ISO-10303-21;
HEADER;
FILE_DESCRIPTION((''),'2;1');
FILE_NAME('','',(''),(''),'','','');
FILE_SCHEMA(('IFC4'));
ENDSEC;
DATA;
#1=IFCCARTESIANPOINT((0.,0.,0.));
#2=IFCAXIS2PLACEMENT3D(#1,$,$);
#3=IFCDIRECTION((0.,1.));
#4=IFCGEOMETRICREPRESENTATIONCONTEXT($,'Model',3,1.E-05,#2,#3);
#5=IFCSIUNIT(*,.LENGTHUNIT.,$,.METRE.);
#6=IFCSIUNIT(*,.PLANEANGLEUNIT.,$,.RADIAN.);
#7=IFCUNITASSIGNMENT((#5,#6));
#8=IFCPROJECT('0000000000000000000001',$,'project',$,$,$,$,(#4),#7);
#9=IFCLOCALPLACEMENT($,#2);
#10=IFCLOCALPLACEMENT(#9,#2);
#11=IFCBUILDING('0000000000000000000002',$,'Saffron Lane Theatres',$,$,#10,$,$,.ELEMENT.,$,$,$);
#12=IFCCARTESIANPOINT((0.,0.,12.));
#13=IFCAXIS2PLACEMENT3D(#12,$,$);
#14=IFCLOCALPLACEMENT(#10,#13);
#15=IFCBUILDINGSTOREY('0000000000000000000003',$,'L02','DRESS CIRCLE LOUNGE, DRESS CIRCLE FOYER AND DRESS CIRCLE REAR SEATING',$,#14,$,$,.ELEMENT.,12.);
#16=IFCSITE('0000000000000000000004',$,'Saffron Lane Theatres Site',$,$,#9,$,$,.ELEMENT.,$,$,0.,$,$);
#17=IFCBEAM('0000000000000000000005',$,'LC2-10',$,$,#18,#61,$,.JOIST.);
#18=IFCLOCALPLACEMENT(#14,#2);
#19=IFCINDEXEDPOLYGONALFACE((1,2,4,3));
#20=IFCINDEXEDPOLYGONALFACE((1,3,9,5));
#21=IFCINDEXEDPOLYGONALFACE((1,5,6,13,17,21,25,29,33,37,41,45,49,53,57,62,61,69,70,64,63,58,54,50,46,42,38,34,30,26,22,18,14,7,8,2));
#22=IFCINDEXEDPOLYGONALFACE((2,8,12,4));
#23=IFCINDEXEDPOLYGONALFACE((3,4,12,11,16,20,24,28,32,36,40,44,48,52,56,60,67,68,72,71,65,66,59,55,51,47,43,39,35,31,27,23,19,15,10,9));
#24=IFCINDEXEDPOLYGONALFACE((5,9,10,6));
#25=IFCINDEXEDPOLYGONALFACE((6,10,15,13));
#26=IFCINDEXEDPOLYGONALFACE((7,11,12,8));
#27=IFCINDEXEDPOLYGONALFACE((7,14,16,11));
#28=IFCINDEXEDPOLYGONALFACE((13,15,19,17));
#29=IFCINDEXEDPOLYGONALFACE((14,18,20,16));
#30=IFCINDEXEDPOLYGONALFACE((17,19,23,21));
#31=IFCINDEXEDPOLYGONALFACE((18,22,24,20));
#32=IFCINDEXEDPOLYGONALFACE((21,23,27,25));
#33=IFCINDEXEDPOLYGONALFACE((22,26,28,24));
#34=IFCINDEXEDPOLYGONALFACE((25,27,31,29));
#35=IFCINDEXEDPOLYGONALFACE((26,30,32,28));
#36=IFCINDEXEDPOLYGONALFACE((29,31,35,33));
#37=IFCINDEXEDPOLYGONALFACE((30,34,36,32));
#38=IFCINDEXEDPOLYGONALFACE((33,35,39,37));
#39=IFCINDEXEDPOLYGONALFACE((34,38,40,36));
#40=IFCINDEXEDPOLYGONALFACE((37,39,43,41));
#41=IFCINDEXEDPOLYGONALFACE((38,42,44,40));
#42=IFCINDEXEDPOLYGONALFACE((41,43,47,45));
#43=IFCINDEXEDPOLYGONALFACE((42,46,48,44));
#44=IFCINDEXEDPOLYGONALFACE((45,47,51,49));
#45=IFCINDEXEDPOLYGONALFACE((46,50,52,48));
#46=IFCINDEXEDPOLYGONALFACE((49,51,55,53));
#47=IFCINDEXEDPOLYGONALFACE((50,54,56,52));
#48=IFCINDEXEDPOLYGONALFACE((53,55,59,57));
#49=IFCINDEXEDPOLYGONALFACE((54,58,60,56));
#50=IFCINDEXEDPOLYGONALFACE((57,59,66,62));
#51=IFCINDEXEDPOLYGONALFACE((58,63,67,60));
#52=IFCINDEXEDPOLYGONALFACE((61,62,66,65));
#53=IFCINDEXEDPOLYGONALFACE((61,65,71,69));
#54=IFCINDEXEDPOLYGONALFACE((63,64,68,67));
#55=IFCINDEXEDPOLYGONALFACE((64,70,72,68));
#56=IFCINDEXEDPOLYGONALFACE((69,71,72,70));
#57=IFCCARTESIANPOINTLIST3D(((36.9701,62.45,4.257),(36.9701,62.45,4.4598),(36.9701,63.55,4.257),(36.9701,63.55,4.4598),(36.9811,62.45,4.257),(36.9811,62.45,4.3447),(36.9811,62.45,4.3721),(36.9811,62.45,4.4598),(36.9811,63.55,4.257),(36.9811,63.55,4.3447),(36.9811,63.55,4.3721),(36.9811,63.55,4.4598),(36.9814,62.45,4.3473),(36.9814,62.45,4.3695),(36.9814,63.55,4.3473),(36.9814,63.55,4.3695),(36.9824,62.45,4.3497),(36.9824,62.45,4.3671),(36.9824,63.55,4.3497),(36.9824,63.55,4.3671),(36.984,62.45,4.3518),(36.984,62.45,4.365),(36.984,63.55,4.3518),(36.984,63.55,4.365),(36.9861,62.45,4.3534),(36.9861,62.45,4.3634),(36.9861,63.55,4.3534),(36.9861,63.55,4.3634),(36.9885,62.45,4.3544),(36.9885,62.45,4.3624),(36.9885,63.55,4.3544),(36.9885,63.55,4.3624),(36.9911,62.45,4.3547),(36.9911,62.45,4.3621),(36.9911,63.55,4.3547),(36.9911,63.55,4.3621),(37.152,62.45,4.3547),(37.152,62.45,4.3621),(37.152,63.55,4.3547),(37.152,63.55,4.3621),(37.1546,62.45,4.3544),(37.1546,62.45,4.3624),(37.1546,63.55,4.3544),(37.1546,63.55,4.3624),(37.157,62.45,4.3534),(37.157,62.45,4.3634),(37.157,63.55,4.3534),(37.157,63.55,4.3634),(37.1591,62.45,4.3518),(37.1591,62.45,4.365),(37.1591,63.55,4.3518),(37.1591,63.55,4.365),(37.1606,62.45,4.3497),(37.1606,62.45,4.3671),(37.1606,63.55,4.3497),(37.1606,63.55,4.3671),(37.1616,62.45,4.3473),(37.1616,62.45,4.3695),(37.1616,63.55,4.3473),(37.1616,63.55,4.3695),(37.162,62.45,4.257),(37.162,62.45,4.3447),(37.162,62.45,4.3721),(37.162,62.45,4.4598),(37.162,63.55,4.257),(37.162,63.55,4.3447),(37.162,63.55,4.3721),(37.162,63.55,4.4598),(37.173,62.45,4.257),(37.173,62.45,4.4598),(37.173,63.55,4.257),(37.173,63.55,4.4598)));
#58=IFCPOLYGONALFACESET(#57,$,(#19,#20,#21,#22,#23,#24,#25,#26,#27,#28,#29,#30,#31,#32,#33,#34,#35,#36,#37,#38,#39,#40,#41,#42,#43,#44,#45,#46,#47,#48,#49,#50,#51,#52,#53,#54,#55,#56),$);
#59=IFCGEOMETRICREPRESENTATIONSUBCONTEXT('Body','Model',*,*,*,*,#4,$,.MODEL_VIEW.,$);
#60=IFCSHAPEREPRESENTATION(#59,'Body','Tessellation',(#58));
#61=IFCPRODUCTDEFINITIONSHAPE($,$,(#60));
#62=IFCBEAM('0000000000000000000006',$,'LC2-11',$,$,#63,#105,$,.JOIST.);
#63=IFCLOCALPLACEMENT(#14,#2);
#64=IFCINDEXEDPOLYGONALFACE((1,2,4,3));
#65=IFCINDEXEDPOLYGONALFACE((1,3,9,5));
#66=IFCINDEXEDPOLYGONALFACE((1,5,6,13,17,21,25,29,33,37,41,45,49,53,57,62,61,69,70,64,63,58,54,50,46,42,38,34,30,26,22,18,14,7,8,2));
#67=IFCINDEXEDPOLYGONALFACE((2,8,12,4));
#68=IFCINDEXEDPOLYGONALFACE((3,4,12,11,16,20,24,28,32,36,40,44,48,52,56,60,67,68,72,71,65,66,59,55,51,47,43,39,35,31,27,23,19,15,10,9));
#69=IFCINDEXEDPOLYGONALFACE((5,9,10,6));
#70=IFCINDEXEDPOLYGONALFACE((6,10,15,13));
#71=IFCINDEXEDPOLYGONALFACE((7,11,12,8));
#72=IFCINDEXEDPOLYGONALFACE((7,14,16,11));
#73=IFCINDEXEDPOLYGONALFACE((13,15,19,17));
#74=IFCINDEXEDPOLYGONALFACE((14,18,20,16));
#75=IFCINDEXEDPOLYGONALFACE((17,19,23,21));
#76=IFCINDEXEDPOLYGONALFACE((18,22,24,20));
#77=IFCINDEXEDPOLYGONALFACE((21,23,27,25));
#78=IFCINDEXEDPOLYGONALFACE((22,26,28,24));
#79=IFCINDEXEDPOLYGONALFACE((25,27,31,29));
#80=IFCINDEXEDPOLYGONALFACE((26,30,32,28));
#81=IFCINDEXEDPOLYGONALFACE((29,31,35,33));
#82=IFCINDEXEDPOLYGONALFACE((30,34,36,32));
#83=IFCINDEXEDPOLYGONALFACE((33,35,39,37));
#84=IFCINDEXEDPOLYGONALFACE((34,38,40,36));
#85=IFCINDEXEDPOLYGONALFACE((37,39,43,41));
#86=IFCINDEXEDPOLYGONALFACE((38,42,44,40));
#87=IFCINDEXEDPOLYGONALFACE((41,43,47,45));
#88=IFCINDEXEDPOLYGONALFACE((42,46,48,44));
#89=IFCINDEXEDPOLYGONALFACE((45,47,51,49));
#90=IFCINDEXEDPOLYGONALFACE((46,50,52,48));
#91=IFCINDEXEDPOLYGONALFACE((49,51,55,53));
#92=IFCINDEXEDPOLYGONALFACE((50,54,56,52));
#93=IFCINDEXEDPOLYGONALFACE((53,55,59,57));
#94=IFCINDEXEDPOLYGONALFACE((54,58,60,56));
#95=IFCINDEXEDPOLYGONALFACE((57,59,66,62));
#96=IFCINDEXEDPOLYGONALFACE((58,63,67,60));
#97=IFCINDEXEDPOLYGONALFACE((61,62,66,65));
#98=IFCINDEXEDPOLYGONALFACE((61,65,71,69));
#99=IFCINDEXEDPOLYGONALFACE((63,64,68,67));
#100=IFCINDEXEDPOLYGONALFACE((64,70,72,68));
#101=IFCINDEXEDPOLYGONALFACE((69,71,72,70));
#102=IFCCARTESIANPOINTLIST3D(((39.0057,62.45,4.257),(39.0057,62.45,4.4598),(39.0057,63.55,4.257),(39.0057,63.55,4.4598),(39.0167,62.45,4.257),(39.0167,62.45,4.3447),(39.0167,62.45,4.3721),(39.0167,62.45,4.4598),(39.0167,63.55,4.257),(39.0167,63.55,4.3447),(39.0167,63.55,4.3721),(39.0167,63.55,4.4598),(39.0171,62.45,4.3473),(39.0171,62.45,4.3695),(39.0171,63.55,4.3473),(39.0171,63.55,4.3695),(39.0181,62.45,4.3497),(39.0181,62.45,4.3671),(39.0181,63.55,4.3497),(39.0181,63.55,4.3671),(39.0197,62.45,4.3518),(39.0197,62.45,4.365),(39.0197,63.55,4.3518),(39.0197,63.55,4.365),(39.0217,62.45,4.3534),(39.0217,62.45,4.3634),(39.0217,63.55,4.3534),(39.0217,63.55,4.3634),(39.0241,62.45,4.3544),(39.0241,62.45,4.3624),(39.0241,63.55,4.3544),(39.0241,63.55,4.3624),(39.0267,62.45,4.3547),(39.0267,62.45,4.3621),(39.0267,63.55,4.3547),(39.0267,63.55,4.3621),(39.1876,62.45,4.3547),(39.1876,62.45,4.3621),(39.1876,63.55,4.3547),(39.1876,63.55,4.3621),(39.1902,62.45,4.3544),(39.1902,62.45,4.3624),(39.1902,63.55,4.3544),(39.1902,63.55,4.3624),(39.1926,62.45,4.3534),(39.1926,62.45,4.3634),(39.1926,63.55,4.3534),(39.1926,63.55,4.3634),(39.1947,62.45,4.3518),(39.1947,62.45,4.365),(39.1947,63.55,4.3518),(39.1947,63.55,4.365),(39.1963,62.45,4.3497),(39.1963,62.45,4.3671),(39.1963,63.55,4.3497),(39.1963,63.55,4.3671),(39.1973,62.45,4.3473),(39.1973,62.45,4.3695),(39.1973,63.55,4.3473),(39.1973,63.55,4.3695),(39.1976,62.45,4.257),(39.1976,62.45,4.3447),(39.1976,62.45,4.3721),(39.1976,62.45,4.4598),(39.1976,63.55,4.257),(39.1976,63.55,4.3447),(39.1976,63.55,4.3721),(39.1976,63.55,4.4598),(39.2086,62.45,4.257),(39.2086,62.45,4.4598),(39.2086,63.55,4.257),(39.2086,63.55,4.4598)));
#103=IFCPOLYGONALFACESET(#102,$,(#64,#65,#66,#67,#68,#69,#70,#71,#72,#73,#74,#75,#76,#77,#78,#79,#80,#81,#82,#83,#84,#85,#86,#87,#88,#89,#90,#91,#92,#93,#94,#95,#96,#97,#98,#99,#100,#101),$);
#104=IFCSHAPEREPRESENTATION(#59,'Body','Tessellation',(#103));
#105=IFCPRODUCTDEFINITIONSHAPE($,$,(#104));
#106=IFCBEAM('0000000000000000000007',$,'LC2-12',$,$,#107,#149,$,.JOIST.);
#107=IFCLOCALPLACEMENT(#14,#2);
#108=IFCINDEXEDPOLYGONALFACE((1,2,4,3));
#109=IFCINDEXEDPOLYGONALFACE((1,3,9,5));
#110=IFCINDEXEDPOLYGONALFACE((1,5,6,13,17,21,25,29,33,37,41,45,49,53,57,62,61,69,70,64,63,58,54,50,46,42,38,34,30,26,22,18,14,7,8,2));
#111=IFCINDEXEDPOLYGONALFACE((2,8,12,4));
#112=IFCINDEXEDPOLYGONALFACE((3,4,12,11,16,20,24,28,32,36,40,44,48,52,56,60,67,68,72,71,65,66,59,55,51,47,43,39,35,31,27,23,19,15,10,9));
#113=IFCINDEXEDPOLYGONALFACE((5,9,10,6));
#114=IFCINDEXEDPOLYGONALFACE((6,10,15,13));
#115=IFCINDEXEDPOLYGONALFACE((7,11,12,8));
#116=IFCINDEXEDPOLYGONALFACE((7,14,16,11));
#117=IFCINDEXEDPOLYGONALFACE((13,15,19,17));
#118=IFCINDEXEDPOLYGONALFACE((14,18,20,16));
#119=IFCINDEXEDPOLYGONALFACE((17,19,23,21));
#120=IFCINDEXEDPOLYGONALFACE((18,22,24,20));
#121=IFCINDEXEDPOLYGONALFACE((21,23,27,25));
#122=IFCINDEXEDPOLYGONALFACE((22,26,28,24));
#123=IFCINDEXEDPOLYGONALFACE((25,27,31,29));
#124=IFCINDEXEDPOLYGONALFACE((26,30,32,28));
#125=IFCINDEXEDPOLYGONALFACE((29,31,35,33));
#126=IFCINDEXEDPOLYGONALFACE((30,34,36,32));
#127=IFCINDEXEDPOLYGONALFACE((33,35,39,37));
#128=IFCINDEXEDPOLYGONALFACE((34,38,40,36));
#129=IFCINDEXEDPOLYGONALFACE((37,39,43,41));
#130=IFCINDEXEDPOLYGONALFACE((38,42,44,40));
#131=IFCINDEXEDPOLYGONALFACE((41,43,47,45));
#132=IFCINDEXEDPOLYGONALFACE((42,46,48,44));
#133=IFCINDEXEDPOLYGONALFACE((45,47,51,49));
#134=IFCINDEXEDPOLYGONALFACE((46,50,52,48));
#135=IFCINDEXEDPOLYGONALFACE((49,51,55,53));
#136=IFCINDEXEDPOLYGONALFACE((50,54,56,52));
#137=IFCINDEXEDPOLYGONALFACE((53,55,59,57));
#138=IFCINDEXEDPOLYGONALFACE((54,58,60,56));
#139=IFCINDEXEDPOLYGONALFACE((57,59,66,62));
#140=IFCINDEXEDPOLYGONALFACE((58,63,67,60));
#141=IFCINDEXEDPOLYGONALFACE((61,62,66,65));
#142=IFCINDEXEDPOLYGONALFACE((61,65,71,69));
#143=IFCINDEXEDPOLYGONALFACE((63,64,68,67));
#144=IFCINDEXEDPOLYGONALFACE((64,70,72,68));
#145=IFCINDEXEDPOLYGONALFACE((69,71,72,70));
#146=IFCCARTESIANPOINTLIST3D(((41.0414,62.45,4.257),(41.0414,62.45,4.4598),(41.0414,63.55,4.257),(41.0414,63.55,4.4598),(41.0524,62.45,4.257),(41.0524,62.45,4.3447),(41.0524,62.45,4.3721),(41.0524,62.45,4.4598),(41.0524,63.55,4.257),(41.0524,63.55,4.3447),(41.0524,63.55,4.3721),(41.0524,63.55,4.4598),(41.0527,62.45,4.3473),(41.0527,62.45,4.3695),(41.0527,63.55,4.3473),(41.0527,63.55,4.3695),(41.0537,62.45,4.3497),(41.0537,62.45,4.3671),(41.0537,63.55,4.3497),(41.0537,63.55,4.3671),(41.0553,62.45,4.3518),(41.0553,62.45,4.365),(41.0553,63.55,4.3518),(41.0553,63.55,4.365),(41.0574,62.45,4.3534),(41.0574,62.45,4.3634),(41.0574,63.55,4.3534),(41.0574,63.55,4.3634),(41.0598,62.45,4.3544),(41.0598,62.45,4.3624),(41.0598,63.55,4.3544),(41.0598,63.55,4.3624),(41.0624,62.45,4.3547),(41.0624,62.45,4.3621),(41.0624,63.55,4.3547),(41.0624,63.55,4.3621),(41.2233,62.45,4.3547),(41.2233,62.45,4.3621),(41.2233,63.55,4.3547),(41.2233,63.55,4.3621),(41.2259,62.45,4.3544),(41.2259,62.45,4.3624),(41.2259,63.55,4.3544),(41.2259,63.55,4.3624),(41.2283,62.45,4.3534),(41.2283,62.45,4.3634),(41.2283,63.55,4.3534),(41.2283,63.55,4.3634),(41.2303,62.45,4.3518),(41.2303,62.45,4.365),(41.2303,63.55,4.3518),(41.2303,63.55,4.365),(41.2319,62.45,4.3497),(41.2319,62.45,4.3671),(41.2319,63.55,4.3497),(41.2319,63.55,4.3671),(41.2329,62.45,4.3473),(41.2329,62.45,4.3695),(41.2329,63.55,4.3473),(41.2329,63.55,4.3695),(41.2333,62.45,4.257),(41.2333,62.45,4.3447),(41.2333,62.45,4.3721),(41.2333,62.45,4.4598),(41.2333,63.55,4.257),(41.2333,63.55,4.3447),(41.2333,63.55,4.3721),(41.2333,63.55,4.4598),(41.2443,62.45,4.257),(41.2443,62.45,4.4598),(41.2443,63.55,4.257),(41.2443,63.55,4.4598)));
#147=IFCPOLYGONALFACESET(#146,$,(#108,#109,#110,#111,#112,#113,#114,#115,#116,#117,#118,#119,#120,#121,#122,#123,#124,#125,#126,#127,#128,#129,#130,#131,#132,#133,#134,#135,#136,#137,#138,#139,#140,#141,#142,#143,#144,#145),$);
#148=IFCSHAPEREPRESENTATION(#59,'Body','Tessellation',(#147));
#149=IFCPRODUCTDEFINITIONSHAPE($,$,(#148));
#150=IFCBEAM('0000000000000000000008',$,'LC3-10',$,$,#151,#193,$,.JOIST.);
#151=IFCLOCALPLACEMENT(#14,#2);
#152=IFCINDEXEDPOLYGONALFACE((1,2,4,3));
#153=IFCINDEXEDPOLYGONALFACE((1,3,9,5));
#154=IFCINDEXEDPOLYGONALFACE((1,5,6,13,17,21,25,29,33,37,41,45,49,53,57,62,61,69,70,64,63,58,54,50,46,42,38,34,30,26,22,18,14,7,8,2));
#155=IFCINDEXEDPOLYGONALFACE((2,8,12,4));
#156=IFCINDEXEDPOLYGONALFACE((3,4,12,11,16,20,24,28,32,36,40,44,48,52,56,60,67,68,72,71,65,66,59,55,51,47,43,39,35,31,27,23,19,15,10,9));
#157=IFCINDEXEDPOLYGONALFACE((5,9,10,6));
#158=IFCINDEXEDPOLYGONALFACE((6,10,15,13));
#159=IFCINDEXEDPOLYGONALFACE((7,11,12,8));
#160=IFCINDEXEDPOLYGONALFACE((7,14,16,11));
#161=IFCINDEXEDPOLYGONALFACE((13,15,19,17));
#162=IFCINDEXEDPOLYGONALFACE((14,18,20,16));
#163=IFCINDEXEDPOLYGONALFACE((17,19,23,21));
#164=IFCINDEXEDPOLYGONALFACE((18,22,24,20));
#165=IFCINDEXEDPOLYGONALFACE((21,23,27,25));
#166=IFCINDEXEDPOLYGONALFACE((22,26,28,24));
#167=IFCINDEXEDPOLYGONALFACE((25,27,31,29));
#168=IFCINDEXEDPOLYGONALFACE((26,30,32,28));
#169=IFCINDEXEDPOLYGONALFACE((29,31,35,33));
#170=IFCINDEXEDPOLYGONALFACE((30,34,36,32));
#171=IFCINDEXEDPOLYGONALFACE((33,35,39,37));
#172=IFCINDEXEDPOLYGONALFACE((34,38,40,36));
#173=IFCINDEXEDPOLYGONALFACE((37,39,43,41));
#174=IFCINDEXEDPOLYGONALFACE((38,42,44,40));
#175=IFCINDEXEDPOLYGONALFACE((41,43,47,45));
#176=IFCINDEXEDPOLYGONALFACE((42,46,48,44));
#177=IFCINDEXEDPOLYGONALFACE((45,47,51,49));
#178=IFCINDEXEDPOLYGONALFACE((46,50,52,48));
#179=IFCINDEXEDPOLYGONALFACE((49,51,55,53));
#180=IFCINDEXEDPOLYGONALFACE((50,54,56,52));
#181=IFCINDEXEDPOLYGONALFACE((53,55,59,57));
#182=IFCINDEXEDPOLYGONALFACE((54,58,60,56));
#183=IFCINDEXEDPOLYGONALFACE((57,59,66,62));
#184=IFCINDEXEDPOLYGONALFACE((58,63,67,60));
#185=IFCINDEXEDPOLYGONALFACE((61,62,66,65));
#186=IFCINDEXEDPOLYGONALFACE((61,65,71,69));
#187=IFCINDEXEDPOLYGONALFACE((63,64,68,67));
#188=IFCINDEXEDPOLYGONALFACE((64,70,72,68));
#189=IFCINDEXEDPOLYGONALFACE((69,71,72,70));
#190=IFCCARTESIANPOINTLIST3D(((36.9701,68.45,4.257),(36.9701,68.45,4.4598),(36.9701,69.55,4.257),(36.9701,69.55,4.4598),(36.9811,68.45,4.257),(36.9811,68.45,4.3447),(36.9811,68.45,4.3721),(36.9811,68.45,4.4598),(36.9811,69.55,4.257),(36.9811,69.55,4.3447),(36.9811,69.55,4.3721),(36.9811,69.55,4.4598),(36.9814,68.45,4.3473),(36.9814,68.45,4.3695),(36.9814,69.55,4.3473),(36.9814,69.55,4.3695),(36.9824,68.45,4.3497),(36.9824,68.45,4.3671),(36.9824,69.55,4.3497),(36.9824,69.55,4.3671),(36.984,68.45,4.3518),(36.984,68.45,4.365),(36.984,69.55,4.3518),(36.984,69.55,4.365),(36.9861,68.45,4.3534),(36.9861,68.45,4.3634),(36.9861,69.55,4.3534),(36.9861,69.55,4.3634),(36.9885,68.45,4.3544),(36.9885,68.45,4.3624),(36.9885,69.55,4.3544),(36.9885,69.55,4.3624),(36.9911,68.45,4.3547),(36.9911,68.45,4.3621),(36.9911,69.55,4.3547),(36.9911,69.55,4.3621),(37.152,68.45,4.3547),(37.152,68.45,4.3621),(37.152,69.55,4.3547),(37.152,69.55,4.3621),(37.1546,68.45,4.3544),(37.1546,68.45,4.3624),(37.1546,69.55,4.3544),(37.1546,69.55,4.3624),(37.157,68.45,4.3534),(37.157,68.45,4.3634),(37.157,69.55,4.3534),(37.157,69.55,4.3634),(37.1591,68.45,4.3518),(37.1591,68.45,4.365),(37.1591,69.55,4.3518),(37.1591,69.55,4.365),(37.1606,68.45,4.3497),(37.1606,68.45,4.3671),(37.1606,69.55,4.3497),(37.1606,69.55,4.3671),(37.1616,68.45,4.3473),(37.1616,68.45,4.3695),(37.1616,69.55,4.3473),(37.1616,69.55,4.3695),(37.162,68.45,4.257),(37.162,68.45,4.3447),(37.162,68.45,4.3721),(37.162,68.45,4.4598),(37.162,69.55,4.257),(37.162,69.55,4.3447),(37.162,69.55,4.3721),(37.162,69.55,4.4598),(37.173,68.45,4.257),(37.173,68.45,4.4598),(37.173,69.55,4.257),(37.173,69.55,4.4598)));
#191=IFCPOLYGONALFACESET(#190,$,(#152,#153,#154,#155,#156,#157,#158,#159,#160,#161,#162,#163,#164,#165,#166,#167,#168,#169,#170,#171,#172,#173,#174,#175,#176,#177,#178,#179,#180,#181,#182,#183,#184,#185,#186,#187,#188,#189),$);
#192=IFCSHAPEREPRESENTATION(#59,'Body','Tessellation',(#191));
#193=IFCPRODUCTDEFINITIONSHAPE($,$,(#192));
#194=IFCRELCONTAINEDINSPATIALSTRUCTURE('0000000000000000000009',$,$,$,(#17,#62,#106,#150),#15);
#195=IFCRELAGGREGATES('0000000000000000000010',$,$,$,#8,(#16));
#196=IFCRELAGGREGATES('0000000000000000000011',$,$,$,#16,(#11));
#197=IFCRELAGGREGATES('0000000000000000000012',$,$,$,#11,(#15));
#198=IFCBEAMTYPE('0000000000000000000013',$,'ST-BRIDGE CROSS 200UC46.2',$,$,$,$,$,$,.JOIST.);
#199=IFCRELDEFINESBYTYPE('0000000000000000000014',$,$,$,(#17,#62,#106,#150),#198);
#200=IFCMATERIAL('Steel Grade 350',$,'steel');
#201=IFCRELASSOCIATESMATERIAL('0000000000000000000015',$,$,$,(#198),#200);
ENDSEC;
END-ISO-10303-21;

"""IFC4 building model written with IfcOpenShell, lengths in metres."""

from ifc_helpers import new_model, si_unit, direction, frame, origin, origin_2d, place, context, subcontext, project, spatial, i_section, extrude, material, material_profile, profile_set, type_object, element, save


model = new_model("IFC4")

# Units and contexts
model_context = context("Model", 3, precision=1e-05, world=origin(), true_north=direction((0.0, 1.0)))
body_context = subcontext(model_context, "Body", "Model", "MODEL_VIEW")
ifc_project = project(units=[si_unit("LENGTHUNIT", "METRE"), si_unit("PLANEANGLEUNIT", "RADIAN")], contexts=[model_context])

# Site, building, storey
site_placement = place(None, origin())
site = spatial("IfcSite", under=ifc_project, at=site_placement, Name="Saffron Lane Theatres Site", CompositionType="ELEMENT", RefElevation=0.0)
building_placement = place(site_placement, origin())
building = spatial("IfcBuilding", under=site, at=building_placement, Name="Saffron Lane Theatres", CompositionType="ELEMENT")
storey_placement = place(building_placement, frame((0.0, 0.0, 12.0)))
storey = spatial("IfcBuildingStorey", under=building, at=storey_placement, Name="L02", Description="DRESS CIRCLE LOUNGE, DRESS CIRCLE FOYER AND DRESS CIRCLE REAR SEATING", CompositionType="ELEMENT", Elevation=12.0)

# Beams
ifc_material_1 = material(Name="Steel Grade 350", Category="steel")
ifc_material_profile_1 = material_profile(ifc_material_1, i_section(OverallWidth=0.2029, OverallDepth=0.2029, WebThickness=0.0073, FlangeThickness=0.011, FilletRadius=0.01, at=origin_2d()))
ifc_profile_set_1 = profile_set([ifc_material_profile_1], Name="Steel Grade 350")
beam_type = type_object("IfcBeamType", Name="ST-BRIDGE CROSS 200UC46.2", PredefinedType="JOIST", material=ifc_profile_set_1)
for number, where, z_axis, x_axis, name in (
    (1, (37.0715, 62.45, 4.3584), (0.0, 1.0, 0.0), (0.0, 0.0, 1.0), "LC2-10"),
    (2, (39.1072, 62.45, 4.3584), (0.0, 1.0, 0.0), (0.0, 0.0, 1.0), "LC2-11"),
    (3, (41.1428, 62.45, 4.3584), (0.0, 1.0, 0.0), (0.0, 0.0, 1.0), "LC2-12"),
    (4, (37.0715, 68.45, 4.3584), (0.0, 1.0, 0.0), (0.0, 0.0, 1.0), "LC3-10"),
):
    element("IfcBeam", number, at=place(storey_placement, frame(where, z_axis=z_axis, x_axis=x_axis)), inside=storey, type_object=beam_type, Name=name, PredefinedType="JOIST", context=body_context, shape_type="SweptSolid", body=[
        extrude(i_section(OverallWidth=0.2029, OverallDepth=0.2029, WebThickness=0.0073, FlangeThickness=0.011, FilletRadius=0.01, at=origin_2d()), origin(), (0.0, 0.0, 1.0), 1.1001),
    ])

save(model, "model.ifc")
